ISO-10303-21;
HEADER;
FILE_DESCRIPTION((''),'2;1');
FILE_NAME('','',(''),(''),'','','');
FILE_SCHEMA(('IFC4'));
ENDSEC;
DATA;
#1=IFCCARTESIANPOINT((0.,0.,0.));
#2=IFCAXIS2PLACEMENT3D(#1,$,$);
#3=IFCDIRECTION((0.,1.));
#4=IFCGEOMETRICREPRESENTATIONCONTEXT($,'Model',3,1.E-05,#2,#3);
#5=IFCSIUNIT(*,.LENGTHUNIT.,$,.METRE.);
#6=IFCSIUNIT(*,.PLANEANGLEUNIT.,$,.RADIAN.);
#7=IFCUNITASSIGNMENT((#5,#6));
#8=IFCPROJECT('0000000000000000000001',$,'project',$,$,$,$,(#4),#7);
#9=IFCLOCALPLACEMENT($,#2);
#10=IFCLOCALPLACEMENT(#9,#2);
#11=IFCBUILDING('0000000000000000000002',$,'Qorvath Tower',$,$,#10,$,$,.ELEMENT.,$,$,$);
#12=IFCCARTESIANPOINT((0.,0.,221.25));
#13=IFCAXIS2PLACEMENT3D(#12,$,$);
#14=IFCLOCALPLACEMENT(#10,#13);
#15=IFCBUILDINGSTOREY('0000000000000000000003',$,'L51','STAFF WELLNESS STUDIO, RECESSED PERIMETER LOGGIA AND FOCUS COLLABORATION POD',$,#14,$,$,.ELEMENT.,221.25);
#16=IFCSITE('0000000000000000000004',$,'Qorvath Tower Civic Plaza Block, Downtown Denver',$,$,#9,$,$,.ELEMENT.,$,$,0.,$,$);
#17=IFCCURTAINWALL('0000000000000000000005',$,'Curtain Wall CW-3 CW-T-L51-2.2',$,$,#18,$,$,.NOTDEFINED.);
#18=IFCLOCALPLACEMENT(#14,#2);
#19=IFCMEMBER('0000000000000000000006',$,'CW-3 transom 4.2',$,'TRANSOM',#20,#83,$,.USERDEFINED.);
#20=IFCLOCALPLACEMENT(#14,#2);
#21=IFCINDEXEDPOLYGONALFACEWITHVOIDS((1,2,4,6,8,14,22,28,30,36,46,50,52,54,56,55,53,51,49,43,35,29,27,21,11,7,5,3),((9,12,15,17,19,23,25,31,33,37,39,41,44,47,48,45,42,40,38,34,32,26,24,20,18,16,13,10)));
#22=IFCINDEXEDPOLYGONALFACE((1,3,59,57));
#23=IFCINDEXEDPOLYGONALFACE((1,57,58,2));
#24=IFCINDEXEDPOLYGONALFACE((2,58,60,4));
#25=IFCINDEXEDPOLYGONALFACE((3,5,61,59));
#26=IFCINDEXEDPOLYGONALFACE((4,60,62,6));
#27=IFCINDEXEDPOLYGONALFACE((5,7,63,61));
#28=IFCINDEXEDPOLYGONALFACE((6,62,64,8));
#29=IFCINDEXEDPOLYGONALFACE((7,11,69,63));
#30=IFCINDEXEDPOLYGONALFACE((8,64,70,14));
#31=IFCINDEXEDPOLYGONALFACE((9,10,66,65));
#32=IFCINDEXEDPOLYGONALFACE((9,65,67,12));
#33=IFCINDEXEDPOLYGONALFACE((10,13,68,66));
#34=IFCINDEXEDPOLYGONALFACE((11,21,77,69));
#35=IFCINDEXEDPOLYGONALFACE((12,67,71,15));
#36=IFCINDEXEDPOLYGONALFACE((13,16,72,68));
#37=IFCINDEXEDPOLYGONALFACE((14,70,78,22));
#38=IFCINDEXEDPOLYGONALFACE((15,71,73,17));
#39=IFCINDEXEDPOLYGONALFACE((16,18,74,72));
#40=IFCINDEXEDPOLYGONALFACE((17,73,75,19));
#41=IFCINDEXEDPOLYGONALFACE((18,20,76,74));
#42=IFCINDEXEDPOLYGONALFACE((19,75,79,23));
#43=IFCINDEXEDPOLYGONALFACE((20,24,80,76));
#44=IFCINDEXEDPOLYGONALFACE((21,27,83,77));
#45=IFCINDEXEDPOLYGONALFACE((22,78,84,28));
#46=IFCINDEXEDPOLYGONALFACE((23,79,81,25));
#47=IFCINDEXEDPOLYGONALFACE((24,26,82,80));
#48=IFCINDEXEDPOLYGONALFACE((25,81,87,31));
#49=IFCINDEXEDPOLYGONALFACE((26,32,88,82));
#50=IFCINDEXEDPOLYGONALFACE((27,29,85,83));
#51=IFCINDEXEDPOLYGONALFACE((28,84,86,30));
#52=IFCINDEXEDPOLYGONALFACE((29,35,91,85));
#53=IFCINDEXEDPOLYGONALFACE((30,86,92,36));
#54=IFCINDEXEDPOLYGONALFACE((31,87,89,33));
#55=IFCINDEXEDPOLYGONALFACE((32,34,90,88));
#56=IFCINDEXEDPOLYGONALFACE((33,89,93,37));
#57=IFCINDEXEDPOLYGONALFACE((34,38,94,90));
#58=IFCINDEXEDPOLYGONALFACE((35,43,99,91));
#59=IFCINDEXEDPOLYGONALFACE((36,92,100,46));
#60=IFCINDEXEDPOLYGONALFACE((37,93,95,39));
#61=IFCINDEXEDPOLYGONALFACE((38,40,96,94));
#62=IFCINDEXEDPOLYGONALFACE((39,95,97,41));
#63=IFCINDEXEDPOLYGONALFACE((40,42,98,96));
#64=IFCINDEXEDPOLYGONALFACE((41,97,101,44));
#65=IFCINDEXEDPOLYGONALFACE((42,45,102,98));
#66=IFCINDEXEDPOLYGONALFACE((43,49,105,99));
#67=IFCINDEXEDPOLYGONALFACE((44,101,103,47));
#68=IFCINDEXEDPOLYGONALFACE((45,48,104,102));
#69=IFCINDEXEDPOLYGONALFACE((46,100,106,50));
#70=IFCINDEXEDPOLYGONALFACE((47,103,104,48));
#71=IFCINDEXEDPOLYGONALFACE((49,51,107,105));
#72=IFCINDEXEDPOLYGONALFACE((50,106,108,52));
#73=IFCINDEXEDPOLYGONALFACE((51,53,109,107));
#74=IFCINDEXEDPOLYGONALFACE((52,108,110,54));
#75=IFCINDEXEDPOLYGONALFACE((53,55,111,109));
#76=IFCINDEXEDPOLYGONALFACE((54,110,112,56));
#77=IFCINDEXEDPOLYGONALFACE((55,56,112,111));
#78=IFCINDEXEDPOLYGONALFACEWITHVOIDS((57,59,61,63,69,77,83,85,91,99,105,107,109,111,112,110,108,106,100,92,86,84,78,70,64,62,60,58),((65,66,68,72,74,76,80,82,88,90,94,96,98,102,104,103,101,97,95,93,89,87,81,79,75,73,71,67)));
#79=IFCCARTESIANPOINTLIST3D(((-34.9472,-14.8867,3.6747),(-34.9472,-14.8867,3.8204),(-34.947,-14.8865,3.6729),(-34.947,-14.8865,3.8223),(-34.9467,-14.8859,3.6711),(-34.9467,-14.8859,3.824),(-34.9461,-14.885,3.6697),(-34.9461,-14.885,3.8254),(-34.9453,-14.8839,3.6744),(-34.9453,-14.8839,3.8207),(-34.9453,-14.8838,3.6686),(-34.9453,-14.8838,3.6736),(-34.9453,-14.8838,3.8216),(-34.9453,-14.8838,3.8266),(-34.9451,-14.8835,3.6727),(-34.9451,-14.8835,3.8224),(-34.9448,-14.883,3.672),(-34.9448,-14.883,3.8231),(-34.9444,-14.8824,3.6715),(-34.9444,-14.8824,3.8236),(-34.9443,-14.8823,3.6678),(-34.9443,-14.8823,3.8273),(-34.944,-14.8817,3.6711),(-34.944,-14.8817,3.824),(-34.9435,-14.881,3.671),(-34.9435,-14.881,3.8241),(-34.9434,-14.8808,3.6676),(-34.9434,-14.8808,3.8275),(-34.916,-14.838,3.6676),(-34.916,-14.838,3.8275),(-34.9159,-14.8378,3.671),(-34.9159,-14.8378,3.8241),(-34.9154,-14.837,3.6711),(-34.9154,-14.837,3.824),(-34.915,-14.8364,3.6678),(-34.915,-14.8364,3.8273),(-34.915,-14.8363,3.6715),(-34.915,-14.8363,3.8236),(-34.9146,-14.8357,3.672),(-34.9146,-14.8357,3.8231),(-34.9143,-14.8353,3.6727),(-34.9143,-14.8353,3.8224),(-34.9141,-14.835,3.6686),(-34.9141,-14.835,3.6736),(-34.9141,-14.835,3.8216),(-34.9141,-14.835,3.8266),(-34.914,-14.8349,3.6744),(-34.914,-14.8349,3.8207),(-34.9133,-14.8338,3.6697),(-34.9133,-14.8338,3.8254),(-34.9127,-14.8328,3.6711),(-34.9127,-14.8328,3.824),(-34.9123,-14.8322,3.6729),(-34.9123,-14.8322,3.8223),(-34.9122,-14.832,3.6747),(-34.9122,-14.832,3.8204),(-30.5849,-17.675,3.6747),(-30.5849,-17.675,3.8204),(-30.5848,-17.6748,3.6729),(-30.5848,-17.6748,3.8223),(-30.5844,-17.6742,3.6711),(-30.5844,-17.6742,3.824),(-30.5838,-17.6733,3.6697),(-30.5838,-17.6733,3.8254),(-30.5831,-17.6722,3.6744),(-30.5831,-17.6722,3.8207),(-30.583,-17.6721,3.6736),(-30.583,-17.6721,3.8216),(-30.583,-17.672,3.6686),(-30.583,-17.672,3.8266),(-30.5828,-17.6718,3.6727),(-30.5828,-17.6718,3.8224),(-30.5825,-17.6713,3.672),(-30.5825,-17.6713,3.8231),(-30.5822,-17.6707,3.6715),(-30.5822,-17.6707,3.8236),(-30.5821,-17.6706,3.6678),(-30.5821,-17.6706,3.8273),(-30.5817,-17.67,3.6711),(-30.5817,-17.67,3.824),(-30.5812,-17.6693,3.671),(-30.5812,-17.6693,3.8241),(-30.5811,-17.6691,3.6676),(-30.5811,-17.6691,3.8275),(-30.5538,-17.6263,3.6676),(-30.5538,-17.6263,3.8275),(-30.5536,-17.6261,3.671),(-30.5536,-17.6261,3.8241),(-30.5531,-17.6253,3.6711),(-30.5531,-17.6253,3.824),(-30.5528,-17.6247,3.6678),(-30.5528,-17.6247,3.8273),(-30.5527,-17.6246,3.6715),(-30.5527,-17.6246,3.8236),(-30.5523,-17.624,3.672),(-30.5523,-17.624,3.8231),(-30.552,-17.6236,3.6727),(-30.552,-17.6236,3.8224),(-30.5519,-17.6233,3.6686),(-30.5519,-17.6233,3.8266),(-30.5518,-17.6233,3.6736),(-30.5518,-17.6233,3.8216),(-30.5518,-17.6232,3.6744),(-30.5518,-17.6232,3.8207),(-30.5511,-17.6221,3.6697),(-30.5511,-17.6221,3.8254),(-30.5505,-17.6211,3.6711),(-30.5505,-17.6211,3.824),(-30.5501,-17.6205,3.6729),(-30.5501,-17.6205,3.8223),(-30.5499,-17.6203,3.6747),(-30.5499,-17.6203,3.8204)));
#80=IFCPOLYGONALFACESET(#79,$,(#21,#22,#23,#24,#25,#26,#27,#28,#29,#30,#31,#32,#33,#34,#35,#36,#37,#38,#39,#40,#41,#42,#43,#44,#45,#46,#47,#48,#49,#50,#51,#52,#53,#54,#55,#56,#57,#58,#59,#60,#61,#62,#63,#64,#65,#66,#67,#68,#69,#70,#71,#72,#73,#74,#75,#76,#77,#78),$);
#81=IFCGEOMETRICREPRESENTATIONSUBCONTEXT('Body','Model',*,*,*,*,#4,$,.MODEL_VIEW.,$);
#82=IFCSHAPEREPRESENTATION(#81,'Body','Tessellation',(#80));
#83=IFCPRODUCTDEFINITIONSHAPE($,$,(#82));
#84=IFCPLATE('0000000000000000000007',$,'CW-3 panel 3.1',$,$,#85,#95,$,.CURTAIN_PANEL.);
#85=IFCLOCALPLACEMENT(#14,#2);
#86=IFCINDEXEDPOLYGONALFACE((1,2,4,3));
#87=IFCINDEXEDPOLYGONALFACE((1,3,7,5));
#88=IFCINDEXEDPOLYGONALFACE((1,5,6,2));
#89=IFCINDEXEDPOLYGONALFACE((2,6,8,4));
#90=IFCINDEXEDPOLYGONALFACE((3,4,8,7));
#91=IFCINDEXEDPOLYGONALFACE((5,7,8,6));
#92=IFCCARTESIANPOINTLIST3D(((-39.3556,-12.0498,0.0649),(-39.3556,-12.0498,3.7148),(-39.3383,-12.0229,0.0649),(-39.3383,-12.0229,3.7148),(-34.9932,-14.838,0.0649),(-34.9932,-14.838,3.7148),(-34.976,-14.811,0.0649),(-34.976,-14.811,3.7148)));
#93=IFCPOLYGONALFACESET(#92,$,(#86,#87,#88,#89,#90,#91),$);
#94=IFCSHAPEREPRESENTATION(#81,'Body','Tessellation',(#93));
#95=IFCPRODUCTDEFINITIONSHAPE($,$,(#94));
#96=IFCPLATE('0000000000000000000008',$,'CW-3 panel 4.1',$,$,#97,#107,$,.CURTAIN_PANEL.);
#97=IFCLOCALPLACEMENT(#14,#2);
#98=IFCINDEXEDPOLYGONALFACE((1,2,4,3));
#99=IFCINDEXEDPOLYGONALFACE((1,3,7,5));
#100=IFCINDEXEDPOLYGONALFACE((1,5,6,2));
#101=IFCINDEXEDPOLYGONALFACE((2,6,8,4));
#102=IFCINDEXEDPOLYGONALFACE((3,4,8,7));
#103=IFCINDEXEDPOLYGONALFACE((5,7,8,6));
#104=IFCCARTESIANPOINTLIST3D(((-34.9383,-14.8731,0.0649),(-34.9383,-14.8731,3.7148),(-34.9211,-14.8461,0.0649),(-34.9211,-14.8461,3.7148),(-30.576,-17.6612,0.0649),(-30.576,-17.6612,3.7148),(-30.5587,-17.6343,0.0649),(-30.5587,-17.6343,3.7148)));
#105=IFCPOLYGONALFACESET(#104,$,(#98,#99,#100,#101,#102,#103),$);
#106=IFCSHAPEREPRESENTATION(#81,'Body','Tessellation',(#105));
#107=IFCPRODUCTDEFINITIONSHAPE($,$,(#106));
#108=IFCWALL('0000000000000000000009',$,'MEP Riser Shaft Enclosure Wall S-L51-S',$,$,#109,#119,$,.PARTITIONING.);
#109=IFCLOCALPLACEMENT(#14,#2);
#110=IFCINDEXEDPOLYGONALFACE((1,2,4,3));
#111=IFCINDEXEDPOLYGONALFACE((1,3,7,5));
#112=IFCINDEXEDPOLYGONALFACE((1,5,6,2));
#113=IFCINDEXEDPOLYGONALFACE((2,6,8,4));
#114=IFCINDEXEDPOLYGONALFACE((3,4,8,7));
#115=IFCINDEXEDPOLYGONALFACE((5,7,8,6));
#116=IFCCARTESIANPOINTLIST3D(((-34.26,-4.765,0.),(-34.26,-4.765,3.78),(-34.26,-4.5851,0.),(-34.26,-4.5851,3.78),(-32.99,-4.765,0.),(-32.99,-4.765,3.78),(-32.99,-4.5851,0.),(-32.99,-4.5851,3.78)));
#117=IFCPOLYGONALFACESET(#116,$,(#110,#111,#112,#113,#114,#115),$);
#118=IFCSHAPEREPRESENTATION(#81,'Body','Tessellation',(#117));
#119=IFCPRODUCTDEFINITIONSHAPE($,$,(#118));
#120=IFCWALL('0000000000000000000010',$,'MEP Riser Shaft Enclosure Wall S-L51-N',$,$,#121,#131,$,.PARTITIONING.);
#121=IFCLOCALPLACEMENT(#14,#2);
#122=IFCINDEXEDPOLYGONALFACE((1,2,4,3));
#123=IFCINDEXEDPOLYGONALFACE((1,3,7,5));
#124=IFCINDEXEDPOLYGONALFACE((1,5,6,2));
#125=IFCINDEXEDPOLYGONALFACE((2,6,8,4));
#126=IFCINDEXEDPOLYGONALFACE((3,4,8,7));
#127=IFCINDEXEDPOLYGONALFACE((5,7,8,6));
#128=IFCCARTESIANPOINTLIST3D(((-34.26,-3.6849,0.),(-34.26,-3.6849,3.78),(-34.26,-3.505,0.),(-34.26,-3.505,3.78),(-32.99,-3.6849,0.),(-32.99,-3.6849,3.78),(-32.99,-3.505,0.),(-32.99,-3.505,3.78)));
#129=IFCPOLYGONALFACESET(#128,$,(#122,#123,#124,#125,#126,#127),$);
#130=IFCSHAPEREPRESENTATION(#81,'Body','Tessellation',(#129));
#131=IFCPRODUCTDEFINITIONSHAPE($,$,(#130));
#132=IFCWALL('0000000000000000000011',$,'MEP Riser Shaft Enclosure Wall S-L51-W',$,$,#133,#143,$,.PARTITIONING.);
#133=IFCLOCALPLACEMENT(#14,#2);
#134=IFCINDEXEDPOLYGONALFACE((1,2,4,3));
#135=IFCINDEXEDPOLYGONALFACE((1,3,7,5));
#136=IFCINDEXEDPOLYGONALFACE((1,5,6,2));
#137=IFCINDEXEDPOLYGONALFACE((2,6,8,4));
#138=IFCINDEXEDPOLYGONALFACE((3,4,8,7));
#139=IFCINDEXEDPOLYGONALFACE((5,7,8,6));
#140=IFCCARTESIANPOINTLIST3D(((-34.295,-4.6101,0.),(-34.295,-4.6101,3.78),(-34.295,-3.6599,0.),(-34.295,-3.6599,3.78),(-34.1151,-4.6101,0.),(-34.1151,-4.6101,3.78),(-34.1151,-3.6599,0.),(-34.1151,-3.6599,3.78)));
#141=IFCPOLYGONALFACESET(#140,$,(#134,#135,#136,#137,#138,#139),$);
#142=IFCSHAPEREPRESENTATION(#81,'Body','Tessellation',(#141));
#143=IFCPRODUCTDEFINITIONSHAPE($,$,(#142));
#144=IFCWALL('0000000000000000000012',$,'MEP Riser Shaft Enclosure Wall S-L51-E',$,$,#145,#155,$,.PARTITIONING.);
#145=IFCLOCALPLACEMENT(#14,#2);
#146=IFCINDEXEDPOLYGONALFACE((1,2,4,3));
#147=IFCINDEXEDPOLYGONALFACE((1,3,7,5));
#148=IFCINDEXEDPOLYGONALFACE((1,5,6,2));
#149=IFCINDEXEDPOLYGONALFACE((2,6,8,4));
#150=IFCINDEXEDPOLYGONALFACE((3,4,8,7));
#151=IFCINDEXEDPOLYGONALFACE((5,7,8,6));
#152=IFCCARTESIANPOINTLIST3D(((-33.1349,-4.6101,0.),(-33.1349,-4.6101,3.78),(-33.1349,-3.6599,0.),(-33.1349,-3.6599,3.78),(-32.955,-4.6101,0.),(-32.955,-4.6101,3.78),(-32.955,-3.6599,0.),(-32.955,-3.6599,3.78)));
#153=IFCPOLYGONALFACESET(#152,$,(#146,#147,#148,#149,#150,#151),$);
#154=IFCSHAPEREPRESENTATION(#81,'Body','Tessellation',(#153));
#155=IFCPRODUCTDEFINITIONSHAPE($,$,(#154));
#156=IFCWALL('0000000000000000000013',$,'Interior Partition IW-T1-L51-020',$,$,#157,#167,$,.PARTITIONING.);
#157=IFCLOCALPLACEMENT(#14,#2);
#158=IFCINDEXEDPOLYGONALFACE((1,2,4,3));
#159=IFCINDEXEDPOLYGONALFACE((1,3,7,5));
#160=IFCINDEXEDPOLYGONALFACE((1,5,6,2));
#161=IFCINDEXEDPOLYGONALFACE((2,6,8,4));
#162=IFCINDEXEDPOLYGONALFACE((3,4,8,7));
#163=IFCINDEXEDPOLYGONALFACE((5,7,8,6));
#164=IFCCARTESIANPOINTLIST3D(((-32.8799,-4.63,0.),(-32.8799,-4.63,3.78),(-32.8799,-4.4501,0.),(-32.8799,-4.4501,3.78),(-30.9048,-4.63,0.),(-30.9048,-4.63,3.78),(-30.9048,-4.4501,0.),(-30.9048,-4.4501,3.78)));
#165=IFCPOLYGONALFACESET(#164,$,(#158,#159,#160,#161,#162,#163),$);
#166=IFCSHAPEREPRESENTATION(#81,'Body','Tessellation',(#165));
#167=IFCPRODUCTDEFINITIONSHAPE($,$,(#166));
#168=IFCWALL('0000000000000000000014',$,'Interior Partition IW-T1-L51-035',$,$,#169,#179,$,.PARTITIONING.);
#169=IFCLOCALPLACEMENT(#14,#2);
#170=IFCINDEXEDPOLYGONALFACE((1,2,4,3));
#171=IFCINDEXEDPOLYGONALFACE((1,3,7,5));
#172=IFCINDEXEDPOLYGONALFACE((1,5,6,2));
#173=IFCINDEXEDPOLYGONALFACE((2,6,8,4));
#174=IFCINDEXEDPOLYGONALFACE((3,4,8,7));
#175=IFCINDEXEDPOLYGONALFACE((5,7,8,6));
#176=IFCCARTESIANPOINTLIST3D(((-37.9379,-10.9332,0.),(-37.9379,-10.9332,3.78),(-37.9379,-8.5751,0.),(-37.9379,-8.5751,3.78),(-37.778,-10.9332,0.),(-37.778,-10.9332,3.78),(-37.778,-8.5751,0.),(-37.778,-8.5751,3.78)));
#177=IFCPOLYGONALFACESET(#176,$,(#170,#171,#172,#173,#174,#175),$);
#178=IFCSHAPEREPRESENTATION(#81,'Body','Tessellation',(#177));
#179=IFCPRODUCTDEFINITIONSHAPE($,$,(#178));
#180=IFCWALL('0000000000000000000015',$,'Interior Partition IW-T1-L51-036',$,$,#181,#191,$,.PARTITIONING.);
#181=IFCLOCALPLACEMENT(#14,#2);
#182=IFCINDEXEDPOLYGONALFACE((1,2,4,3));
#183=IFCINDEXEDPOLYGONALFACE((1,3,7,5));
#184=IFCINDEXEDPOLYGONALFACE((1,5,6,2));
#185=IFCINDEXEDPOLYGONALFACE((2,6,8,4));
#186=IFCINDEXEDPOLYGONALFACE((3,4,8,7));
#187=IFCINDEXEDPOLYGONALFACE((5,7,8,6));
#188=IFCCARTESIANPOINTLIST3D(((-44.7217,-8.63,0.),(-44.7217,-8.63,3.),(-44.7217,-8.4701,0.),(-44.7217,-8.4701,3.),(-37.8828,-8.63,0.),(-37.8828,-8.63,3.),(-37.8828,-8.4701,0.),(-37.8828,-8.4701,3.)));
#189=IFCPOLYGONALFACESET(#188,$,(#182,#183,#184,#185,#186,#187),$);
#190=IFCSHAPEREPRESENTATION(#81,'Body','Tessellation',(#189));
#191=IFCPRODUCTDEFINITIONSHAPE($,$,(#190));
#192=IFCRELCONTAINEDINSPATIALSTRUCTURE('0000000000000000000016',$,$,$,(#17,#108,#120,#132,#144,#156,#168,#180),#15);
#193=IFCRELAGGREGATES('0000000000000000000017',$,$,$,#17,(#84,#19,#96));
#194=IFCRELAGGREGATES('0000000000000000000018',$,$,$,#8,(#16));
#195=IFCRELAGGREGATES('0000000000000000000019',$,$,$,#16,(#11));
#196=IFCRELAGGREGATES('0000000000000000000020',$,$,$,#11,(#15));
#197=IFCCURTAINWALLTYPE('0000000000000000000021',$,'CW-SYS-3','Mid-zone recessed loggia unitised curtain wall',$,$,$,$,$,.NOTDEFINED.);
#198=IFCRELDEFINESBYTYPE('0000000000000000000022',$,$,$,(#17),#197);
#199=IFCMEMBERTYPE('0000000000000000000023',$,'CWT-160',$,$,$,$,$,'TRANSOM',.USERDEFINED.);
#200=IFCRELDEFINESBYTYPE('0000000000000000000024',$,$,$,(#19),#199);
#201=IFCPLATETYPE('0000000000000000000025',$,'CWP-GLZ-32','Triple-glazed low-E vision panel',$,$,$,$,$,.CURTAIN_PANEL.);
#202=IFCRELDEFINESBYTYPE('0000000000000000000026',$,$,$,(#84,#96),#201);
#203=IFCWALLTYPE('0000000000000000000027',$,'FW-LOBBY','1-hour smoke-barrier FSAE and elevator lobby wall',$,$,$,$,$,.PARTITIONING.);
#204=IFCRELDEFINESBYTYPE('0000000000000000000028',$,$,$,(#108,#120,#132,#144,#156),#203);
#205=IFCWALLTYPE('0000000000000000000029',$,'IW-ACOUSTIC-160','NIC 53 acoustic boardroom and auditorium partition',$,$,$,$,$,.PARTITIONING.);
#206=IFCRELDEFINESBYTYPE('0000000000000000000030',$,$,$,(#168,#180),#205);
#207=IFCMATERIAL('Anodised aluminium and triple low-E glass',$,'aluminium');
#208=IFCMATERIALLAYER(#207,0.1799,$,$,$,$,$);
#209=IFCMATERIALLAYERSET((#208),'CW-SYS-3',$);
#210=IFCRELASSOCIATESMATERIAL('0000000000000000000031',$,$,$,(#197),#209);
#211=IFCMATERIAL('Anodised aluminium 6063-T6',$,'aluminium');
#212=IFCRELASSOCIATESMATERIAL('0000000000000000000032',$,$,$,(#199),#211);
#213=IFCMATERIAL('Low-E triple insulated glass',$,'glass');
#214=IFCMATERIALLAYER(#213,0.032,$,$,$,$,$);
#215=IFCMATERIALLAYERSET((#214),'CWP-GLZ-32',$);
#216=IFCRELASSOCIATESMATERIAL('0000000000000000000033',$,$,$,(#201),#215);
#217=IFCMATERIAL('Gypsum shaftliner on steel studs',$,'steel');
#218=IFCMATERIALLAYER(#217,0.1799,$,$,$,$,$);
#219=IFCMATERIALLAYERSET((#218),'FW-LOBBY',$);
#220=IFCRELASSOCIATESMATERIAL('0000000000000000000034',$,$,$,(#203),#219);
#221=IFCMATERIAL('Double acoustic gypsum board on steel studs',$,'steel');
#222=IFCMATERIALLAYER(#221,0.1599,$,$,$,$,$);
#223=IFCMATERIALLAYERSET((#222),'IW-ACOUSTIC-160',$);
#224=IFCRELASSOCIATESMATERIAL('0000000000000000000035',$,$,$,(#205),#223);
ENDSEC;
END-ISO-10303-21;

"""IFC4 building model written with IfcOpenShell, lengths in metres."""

from ifc_helpers import new_model, si_unit, direction, frame, frame_2d, origin, origin_2d, place, context, subcontext, project, spatial, rectangle, hollow_rectangle, extrude, material, layer, layer_set, material_profile, profile_set, type_object, element, aggregate, save


model = new_model("IFC4")

# Units and contexts
model_context = context("Model", 3, precision=1e-05, world=origin(), true_north=direction((0.0, 1.0)))
body_context = subcontext(model_context, "Body", "Model", "MODEL_VIEW")
ifc_project = project(units=[si_unit("LENGTHUNIT", "METRE"), si_unit("PLANEANGLEUNIT", "RADIAN")], contexts=[model_context])

# Site, building, storey
site_placement = place(None, origin())
site = spatial("IfcSite", under=ifc_project, at=site_placement, Name="Qorvath Tower Civic Plaza Block, Downtown Denver", CompositionType="ELEMENT", RefElevation=0.0)
building_placement = place(site_placement, origin())
building = spatial("IfcBuilding", under=site, at=building_placement, Name="Qorvath Tower", CompositionType="ELEMENT")
storey_placement = place(building_placement, frame((0.0, 0.0, 221.25)))
storey = spatial("IfcBuildingStorey", under=building, at=storey_placement, Name="L51", Description="STAFF WELLNESS STUDIO, RECESSED PERIMETER LOGGIA AND FOCUS COLLABORATION POD", CompositionType="ELEMENT", Elevation=221.25)

# Curtain wall, member, plates
ifc_material_1 = material(Name="Anodised aluminium and triple low-E glass", Category="aluminium")
ifc_layer_1 = layer(ifc_material_1, 0.1799)
ifc_layer_set_1 = layer_set([ifc_layer_1], Name="CW-SYS-3")
curtain_wall_type = type_object("IfcCurtainWallType", Name="CW-SYS-3", Description="Mid-zone recessed loggia unitised curtain wall", PredefinedType="NOTDEFINED", material=ifc_layer_set_1)
curtain_wall_placement = place(storey_placement, origin())
curtain_wall = element("IfcCurtainWall", 1, at=curtain_wall_placement, inside=storey, type_object=curtain_wall_type, Name="Curtain Wall CW-3 CW-T-L51-2.2", PredefinedType="NOTDEFINED")
ifc_material_2 = material(Name="Anodised aluminium 6063-T6", Category="aluminium")
ifc_material_profile_1 = material_profile(ifc_material_2, hollow_rectangle(XDim=0.0649, YDim=0.1599, WallThickness=0.0034, InnerFilletRadius=0.0034, OuterFilletRadius=0.0071, at=origin_2d()), Name="CWT 160x65")
ifc_profile_set_1 = profile_set([ifc_material_profile_1], Name="Anodised aluminium 6063-T6")
member_type_1 = type_object("IfcMemberType", Name="CWT-160", ElementType="TRANSOM", PredefinedType="USERDEFINED", material=ifc_profile_set_1)
member_1_placement = place(storey_placement, frame((-34.9297, -14.8594, 3.7476), z_axis=(0.842582, -0.538568, 0.0), x_axis=(0.538568, 0.842582, 0.0)))
member_1 = element("IfcMember", 2, at=member_1_placement, type_object=member_type_1, Name="CW-3 transom 4.2", ObjectType="TRANSOM", PredefinedType="USERDEFINED", context=body_context, shape_type="SweptSolid", body=[
    extrude(hollow_rectangle(XDim=0.0649, YDim=0.1599, WallThickness=0.0034, InnerFilletRadius=0.0034, OuterFilletRadius=0.0071, at=origin_2d()), origin(), (0.0, 0.0, 1.0), 5.1772),
])
ifc_material_3 = material(Name="Low-E triple insulated glass", Category="glass")
ifc_layer_2 = layer(ifc_material_3, 0.032)
ifc_layer_set_2 = layer_set([ifc_layer_2], Name="CWP-GLZ-32")
plate_type = type_object("IfcPlateType", Name="CWP-GLZ-32", Description="Triple-glazed low-E vision panel", PredefinedType="CURTAIN_PANEL", material=ifc_layer_set_2)
plate_1_placement = place(storey_placement, frame((-37.1658, -13.4304, 0.0649), z_axis=(0.0, 0.0, 1.0), x_axis=(0.842603, -0.538535, 0.0)))
plate_1 = element("IfcPlate", 3, at=plate_1_placement, type_object=plate_type, Name="CW-3 panel 3.1", PredefinedType="CURTAIN_PANEL", context=body_context, shape_type="SweptSolid", body=[
    extrude(rectangle(XDim=5.1772, YDim=0.032, at=origin_2d()), origin(), (0.0, 0.0, 1.0), 3.6499),
])
plate_2_placement = place(storey_placement, frame((-32.7485, -16.2537, 0.0649), z_axis=(0.0, 0.0, 1.0), x_axis=(0.842603, -0.538535, 0.0)))
plate_2 = element("IfcPlate", 4, at=plate_2_placement, type_object=plate_type, Name="CW-3 panel 4.1", PredefinedType="CURTAIN_PANEL", context=body_context, shape_type="SweptSolid", body=[
    extrude(rectangle(XDim=5.1772, YDim=0.032, at=origin_2d()), origin(), (0.0, 0.0, 1.0), 3.6499),
])
aggregate(curtain_wall, [plate_1, member_1, plate_2])

# Walls
ifc_material_4 = material(Name="Gypsum shaftliner on steel studs", Category="steel")
ifc_layer_3 = layer(ifc_material_4, 0.1799)
ifc_layer_set_3 = layer_set([ifc_layer_3], Name="FW-LOBBY")
wall_type_1 = type_object("IfcWallType", Name="FW-LOBBY", Description="1-hour smoke-barrier FSAE and elevator lobby wall", PredefinedType="PARTITIONING", material=ifc_layer_set_3)
for number, where, z_axis, x_axis, name in (
    (5, (-32.99, -4.675, 0.0), (0.0, 0.0, 1.0), (-1.0, 0.0, 0.0), "MEP Riser Shaft Enclosure Wall S-L51-S"),
    (6, (-34.26, -3.595, 0.0), (0.0, 0.0, 1.0), (1.0, 0.0, 0.0), "MEP Riser Shaft Enclosure Wall S-L51-N"),
):
    element("IfcWall", number, at=place(storey_placement, frame(where, z_axis=z_axis, x_axis=x_axis)), inside=storey, type_object=wall_type_1, Name=name, PredefinedType="PARTITIONING", context=body_context, shape_type="SweptSolid", body=[
        extrude(rectangle(XDim=1.27, YDim=0.1799, at=frame_2d((0.635, 0.0))), origin(), (0.0, 0.0, 1.0), 3.78),
    ])
for number, where, z_axis, x_axis, name in (
    (7, (-34.2051, -4.6101, 0.0), (0.0, 0.0, 1.0), (0.0, 1.0, 0.0), "MEP Riser Shaft Enclosure Wall S-L51-W"),
    (8, (-33.0449, -3.6599, 0.0), (0.0, 0.0, 1.0), (0.0, -1.0, 0.0), "MEP Riser Shaft Enclosure Wall S-L51-E"),
):
    element("IfcWall", number, at=place(storey_placement, frame(where, z_axis=z_axis, x_axis=x_axis)), inside=storey, type_object=wall_type_1, Name=name, PredefinedType="PARTITIONING", context=body_context, shape_type="SweptSolid", body=[
        extrude(rectangle(XDim=0.9502, YDim=0.1799, at=frame_2d((0.4751, 0.0))), origin(), (0.0, 0.0, 1.0), 3.78),
    ])
wall_1_placement = place(storey_placement, frame((-32.8799, -4.54, 0.0), z_axis=(0.0, 0.0, 1.0), x_axis=(1.0, 0.0, 0.0)))
element("IfcWall", 9, at=wall_1_placement, inside=storey, type_object=wall_type_1, Name="Interior Partition IW-T1-L51-020", PredefinedType="PARTITIONING", context=body_context, shape_type="SweptSolid", body=[
    extrude(rectangle(XDim=1.9751, YDim=0.1799, at=frame_2d((0.9875, 0.0))), origin(), (0.0, 0.0, 1.0), 3.78),
])
ifc_material_5 = material(Name="Double acoustic gypsum board on steel studs", Category="steel")
ifc_layer_4 = layer(ifc_material_5, 0.1599)
ifc_layer_set_4 = layer_set([ifc_layer_4], Name="IW-ACOUSTIC-160")
wall_type_2 = type_object("IfcWallType", Name="IW-ACOUSTIC-160", Description="NIC 53 acoustic boardroom and auditorium partition", PredefinedType="PARTITIONING", material=ifc_layer_set_4)
wall_2_placement = place(storey_placement, frame((-37.8579, -8.575, 0.0), z_axis=(0.0, 0.0, 1.0), x_axis=(0.0, -1.0, 0.0)))
element("IfcWall", 10, at=wall_2_placement, inside=storey, type_object=wall_type_2, Name="Interior Partition IW-T1-L51-035", PredefinedType="PARTITIONING", context=body_context, shape_type="SweptSolid", body=[
    extrude(rectangle(XDim=2.3582, YDim=0.1599, at=frame_2d((1.1792, 0.0))), origin(), (0.0, 0.0, 1.0), 3.78),
])
wall_3_placement = place(storey_placement, frame((-37.8828, -8.55, 0.0), z_axis=(0.0, 0.0, 1.0), x_axis=(-1.0, 0.0, 0.0)))
element("IfcWall", 11, at=wall_3_placement, inside=storey, type_object=wall_type_2, Name="Interior Partition IW-T1-L51-036", PredefinedType="PARTITIONING", context=body_context, shape_type="SweptSolid", body=[
    extrude(rectangle(XDim=6.8389, YDim=0.1599, at=frame_2d((3.4194, 0.0))), origin(), (0.0, 0.0, 1.0), 3.0),
])

save(model, "model.ifc")
